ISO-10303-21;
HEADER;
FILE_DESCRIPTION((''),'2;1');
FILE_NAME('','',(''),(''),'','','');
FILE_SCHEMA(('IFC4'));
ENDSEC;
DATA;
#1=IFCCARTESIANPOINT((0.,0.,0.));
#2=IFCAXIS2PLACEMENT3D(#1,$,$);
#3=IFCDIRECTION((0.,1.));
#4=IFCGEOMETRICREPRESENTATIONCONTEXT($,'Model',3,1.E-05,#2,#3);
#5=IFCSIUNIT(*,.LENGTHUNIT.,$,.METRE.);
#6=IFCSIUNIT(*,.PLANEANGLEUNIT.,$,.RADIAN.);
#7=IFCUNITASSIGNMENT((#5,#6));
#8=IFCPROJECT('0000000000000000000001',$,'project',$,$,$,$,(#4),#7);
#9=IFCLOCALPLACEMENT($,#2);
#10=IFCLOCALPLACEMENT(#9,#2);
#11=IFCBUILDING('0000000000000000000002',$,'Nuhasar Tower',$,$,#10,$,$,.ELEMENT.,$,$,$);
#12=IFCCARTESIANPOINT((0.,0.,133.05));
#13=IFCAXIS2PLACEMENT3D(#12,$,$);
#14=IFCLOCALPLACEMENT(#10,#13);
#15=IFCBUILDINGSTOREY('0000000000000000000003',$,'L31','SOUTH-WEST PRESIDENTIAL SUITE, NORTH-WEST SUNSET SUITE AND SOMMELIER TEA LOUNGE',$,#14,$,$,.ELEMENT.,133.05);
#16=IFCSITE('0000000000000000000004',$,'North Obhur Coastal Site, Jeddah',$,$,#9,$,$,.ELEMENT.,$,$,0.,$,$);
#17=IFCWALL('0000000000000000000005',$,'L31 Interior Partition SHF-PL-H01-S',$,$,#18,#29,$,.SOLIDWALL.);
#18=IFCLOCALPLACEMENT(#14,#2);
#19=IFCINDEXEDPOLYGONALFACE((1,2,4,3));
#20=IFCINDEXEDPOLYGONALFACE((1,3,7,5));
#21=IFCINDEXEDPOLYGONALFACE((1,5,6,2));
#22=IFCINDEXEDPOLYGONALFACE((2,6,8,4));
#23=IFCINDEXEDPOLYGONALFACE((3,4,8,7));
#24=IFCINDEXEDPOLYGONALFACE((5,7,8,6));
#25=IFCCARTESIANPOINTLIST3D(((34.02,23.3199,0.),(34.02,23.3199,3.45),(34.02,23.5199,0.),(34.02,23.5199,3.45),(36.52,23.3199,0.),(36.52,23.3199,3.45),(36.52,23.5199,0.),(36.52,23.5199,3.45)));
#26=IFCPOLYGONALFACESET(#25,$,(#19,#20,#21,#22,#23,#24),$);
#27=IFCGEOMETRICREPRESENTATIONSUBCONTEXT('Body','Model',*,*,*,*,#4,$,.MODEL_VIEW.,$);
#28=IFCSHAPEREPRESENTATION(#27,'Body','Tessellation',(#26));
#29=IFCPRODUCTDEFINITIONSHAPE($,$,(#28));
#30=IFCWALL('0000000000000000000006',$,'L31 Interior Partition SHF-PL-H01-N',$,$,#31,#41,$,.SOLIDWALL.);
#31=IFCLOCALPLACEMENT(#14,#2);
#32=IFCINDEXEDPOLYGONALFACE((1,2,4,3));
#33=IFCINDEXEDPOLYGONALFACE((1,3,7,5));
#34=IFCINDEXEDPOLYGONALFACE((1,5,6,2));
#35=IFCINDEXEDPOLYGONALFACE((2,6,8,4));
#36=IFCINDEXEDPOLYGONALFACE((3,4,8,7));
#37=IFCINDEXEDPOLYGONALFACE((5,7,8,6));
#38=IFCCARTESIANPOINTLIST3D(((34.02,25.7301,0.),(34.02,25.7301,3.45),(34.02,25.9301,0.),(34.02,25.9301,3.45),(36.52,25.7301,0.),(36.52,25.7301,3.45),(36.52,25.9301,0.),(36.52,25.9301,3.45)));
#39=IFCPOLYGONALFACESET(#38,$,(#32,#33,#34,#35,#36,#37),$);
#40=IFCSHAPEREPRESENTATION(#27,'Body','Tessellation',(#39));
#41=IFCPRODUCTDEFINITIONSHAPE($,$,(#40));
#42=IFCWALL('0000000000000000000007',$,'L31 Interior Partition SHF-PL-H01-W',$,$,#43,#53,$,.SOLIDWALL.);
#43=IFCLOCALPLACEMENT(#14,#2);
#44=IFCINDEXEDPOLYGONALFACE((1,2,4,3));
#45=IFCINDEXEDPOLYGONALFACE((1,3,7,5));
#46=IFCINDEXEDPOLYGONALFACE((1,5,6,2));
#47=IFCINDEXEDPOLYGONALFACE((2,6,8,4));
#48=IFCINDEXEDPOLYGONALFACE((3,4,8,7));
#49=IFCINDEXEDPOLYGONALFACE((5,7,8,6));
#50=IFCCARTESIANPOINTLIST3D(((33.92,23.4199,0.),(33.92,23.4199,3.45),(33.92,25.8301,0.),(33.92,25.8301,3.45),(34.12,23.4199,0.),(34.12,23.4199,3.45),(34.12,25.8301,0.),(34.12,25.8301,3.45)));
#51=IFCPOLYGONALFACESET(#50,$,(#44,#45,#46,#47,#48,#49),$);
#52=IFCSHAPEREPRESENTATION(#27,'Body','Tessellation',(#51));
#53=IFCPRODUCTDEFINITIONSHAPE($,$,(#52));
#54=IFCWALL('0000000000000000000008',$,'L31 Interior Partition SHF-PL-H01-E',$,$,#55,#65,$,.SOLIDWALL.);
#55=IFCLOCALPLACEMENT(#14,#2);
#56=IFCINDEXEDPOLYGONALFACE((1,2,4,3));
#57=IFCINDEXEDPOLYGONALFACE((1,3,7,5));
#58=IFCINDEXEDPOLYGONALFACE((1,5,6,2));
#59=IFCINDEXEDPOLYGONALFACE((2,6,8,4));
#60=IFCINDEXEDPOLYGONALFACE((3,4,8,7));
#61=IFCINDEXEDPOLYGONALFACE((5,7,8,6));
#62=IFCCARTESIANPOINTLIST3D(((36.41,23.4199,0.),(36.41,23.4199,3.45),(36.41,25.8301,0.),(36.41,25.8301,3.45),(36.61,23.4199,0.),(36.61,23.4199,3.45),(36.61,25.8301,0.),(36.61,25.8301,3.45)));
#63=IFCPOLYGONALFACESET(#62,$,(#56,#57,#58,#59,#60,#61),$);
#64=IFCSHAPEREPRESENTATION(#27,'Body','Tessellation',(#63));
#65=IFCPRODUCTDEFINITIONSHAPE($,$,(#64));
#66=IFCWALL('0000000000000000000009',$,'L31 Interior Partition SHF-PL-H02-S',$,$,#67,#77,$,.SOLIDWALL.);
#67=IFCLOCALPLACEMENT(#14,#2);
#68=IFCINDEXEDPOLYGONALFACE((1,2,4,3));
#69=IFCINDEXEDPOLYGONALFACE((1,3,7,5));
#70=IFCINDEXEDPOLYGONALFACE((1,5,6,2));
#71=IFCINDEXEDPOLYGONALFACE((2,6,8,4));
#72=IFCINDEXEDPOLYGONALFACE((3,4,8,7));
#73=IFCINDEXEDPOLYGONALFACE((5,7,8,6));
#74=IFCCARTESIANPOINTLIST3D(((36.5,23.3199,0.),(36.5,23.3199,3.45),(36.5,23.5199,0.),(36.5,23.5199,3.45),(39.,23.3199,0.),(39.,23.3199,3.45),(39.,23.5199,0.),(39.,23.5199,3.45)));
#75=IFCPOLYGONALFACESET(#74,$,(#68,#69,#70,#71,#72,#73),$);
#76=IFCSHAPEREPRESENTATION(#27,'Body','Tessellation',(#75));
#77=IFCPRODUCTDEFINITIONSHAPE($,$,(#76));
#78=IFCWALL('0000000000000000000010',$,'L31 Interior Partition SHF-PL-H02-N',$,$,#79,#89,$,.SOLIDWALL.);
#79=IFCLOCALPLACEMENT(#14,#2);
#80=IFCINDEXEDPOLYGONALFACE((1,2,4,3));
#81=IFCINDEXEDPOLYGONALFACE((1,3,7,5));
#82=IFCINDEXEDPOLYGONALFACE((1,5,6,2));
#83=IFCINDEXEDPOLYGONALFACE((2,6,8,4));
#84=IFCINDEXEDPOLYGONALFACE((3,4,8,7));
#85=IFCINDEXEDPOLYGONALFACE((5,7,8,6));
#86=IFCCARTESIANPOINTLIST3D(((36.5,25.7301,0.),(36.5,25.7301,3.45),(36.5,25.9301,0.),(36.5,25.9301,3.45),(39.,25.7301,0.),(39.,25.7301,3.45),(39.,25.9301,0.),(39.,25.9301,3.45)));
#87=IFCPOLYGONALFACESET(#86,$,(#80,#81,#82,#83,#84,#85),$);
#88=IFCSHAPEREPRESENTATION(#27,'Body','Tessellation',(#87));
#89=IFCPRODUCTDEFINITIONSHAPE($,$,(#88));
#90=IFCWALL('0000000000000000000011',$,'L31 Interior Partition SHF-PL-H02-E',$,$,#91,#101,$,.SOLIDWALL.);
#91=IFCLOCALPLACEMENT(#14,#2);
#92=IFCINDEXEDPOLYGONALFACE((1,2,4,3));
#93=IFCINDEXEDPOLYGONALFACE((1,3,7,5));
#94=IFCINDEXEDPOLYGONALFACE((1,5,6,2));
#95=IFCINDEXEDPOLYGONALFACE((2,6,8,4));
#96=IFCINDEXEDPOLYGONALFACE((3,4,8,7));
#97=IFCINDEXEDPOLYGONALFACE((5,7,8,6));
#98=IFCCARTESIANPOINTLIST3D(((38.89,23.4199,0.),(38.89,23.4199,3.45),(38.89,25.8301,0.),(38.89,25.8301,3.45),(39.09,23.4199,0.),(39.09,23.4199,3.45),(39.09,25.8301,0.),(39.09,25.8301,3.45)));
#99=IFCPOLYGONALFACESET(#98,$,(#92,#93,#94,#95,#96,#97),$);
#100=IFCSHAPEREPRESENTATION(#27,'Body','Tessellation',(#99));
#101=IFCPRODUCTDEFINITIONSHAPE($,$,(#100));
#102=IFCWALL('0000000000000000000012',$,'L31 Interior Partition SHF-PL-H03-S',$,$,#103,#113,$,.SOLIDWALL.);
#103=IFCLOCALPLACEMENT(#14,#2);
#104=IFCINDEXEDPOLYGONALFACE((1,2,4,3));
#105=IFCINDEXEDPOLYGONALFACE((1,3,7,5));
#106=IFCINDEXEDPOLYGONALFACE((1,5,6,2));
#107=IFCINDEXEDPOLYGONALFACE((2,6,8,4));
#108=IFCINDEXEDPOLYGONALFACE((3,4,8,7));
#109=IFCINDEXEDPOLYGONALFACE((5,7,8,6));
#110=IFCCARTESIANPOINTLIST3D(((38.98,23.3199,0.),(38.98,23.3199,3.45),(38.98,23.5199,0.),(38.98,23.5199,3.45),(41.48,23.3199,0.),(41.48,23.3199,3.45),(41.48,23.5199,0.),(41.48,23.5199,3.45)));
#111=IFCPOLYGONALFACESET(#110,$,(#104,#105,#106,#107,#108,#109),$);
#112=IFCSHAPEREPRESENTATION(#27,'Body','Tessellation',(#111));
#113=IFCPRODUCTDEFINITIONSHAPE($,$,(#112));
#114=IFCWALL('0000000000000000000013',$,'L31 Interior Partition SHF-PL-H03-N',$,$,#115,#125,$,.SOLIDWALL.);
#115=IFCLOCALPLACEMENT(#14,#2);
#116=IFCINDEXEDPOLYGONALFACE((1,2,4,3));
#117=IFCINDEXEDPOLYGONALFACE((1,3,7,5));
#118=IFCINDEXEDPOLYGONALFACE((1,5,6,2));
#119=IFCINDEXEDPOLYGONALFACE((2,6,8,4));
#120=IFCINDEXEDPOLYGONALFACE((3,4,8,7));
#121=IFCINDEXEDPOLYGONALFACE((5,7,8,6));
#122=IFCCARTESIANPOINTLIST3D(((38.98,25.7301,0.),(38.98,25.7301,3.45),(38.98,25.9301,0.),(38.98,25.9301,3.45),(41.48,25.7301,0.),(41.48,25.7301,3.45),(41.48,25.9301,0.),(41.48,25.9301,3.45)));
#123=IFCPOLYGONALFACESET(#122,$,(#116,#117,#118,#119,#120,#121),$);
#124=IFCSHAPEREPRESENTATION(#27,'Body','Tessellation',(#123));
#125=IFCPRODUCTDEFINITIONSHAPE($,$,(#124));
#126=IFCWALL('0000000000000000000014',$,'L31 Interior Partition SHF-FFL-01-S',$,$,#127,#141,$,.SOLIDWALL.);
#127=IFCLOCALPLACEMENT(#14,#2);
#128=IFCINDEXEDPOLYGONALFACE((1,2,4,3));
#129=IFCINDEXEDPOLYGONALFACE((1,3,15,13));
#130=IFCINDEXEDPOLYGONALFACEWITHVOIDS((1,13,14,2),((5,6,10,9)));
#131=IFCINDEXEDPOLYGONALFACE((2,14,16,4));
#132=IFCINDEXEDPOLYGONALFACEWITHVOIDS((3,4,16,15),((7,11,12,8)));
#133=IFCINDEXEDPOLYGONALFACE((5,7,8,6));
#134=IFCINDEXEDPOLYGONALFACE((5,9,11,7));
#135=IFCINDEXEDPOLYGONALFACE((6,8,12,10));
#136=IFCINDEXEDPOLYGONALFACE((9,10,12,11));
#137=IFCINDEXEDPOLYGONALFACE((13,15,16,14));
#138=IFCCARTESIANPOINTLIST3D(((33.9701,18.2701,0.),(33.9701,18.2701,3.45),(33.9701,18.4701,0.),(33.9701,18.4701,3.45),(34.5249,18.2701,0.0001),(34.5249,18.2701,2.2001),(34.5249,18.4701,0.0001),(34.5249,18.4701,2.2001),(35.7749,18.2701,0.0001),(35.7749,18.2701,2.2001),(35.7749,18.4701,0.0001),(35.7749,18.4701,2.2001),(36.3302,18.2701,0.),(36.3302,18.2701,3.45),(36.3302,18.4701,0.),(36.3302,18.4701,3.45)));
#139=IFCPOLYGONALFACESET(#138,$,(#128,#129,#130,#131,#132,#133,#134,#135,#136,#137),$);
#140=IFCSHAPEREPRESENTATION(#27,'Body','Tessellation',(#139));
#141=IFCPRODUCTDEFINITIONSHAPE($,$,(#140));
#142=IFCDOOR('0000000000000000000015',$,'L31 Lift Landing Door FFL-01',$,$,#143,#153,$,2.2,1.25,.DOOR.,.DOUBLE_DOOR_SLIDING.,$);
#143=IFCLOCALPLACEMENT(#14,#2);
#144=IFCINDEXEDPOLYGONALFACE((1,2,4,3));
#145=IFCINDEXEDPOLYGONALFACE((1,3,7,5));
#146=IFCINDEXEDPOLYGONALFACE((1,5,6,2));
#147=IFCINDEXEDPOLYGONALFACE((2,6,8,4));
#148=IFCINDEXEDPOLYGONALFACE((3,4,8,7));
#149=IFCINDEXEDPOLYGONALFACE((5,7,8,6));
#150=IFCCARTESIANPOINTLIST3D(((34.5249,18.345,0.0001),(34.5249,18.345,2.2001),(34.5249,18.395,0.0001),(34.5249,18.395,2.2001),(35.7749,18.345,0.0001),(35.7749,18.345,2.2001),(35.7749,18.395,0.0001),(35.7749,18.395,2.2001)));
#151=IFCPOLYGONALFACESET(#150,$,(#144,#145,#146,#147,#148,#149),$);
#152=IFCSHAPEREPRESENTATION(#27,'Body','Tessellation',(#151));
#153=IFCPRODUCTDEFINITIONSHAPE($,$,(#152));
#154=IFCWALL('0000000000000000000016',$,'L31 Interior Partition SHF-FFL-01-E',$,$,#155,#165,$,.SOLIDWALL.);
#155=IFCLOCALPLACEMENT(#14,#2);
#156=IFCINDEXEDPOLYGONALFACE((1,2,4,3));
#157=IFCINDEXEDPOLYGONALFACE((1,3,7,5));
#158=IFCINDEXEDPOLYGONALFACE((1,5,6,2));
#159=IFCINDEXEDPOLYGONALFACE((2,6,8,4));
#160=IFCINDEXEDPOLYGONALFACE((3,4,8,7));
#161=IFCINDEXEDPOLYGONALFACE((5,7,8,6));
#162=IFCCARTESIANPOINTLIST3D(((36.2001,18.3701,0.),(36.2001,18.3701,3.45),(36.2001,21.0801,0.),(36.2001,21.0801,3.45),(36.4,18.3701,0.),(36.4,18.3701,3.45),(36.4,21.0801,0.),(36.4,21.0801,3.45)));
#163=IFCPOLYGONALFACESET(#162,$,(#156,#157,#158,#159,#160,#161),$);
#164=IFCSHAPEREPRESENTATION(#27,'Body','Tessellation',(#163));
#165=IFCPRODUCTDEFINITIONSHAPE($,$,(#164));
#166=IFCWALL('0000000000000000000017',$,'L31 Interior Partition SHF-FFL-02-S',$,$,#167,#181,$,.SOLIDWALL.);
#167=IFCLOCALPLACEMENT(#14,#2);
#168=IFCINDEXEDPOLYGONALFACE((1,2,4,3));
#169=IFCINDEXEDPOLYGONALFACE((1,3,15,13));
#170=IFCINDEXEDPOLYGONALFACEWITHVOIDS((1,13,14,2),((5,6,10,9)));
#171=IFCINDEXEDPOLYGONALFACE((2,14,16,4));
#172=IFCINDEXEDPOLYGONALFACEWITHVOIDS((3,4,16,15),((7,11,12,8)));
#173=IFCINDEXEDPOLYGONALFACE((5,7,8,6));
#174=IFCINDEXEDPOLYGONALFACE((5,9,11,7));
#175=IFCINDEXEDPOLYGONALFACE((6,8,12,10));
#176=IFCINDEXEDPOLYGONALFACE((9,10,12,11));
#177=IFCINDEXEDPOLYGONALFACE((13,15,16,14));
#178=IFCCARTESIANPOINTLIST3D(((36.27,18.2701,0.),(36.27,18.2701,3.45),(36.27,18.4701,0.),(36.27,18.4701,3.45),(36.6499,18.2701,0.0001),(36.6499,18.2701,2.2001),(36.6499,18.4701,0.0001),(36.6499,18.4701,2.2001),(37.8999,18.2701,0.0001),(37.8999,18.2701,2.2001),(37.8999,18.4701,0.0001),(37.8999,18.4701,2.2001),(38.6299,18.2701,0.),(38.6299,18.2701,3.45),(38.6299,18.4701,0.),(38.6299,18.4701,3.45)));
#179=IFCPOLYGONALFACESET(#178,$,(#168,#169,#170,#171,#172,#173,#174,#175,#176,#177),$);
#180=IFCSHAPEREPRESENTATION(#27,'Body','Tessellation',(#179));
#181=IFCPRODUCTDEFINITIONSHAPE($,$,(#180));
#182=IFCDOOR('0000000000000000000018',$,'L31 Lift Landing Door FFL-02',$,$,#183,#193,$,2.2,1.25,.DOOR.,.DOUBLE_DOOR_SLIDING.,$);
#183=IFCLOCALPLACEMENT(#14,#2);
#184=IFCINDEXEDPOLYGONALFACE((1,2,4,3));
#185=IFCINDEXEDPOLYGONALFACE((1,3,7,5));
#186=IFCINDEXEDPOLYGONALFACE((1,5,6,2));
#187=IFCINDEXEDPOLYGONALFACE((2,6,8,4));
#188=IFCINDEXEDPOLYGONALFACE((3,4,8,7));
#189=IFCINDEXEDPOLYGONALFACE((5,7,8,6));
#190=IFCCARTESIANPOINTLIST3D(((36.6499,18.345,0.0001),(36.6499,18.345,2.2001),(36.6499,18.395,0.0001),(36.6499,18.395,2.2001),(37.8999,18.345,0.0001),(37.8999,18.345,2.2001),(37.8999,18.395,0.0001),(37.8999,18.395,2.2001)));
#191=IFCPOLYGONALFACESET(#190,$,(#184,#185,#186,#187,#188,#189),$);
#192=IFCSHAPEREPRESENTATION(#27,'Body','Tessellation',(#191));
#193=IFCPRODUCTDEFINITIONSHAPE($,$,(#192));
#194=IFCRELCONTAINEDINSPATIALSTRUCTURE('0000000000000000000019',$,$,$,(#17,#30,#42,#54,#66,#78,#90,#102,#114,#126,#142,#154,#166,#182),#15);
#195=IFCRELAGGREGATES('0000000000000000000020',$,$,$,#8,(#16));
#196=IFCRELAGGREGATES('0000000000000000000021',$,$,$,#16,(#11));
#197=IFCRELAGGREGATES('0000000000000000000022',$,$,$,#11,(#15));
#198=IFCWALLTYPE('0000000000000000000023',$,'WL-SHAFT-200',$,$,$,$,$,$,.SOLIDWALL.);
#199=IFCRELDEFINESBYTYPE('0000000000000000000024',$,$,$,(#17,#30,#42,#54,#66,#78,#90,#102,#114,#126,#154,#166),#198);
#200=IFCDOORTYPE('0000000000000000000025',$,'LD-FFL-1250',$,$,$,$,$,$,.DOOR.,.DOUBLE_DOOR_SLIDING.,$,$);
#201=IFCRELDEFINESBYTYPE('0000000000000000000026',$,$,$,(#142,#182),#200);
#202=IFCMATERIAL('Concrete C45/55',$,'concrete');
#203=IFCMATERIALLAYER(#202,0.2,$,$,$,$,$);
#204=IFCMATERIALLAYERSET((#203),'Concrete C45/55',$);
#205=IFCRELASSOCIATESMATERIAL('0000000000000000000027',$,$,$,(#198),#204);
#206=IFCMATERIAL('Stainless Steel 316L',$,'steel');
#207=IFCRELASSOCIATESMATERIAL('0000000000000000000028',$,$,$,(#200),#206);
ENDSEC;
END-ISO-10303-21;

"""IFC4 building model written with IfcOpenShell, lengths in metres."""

from ifc_helpers import new_model, si_unit, direction, frame, frame_2d, origin, place, context, subcontext, project, spatial, rectangle, extrude, material, layer, layer_set, type_object, element, fill, save


model = new_model("IFC4")

# Units and contexts
model_context = context("Model", 3, precision=1e-05, world=origin(), true_north=direction((0.0, 1.0)))
body_context = subcontext(model_context, "Body", "Model", "MODEL_VIEW")
ifc_project = project(units=[si_unit("LENGTHUNIT", "METRE"), si_unit("PLANEANGLEUNIT", "RADIAN")], contexts=[model_context])

# Site, building, storey
site_placement = place(None, origin())
site = spatial("IfcSite", under=ifc_project, at=site_placement, Name="North Obhur Coastal Site, Jeddah", CompositionType="ELEMENT", RefElevation=0.0)
building_placement = place(site_placement, origin())
building = spatial("IfcBuilding", under=site, at=building_placement, Name="Nuhasar Tower", CompositionType="ELEMENT")
storey_placement = place(building_placement, frame((0.0, 0.0, 133.05)))
storey = spatial("IfcBuildingStorey", under=building, at=storey_placement, Name="L31", Description="SOUTH-WEST PRESIDENTIAL SUITE, NORTH-WEST SUNSET SUITE AND SOMMELIER TEA LOUNGE", CompositionType="ELEMENT", Elevation=133.05)

# Shared definitions
ifc_material_1 = material(Name="Concrete C45/55", Category="concrete")

# Walls
ifc_layer_1 = layer(ifc_material_1, 0.2)
ifc_layer_set_1 = layer_set([ifc_layer_1], Name="Concrete C45/55")
wall_type_1 = type_object("IfcWallType", Name="WL-SHAFT-200", PredefinedType="SOLIDWALL", material=ifc_layer_set_1)
for number, where, z_axis, x_axis, name in (
    (1, (34.02, 23.4199, 0.0), (0.0, 0.0, 1.0), (1.0, 0.0, 0.0), "L31 Interior Partition SHF-PL-H01-S"),
    (2, (34.02, 25.8301, 0.0), (0.0, 0.0, 1.0), (1.0, 0.0, 0.0), "L31 Interior Partition SHF-PL-H01-N"),
):
    element("IfcWall", number, at=place(storey_placement, frame(where, z_axis=z_axis, x_axis=x_axis)), inside=storey, type_object=wall_type_1, Name=name, PredefinedType="SOLIDWALL", context=body_context, shape_type="SweptSolid", body=[
        extrude(rectangle(XDim=2.5, YDim=0.2, at=frame_2d((1.25, 0.0))), origin(), (0.0, 0.0, 1.0), 3.45),
    ])
for number, where, z_axis, x_axis, name in (
    (3, (34.02, 23.4199, 0.0), (0.0, 0.0, 1.0), (0.0, 1.0, 0.0), "L31 Interior Partition SHF-PL-H01-W"),
    (4, (36.51, 23.4199, 0.0), (0.0, 0.0, 1.0), (0.0, 1.0, 0.0), "L31 Interior Partition SHF-PL-H01-E"),
):
    element("IfcWall", number, at=place(storey_placement, frame(where, z_axis=z_axis, x_axis=x_axis)), inside=storey, type_object=wall_type_1, Name=name, PredefinedType="SOLIDWALL", context=body_context, shape_type="SweptSolid", body=[
        extrude(rectangle(XDim=2.4102, YDim=0.2, at=frame_2d((1.2051, 0.0))), origin(), (0.0, 0.0, 1.0), 3.45),
    ])
for number, where, z_axis, x_axis, name in (
    (5, (36.5, 23.4199, 0.0), (0.0, 0.0, 1.0), (1.0, 0.0, 0.0), "L31 Interior Partition SHF-PL-H02-S"),
    (6, (36.5, 25.8301, 0.0), (0.0, 0.0, 1.0), (1.0, 0.0, 0.0), "L31 Interior Partition SHF-PL-H02-N"),
):
    element("IfcWall", number, at=place(storey_placement, frame(where, z_axis=z_axis, x_axis=x_axis)), inside=storey, type_object=wall_type_1, Name=name, PredefinedType="SOLIDWALL", context=body_context, shape_type="SweptSolid", body=[
        extrude(rectangle(XDim=2.5, YDim=0.2, at=frame_2d((1.25, 0.0))), origin(), (0.0, 0.0, 1.0), 3.45),
    ])
wall_1_placement = place(storey_placement, frame((38.99, 23.4199, 0.0), z_axis=(0.0, 0.0, 1.0), x_axis=(0.0, 1.0, 0.0)))
element("IfcWall", 7, at=wall_1_placement, inside=storey, type_object=wall_type_1, Name="L31 Interior Partition SHF-PL-H02-E", PredefinedType="SOLIDWALL", context=body_context, shape_type="SweptSolid", body=[
    extrude(rectangle(XDim=2.4102, YDim=0.2, at=frame_2d((1.2051, 0.0))), origin(), (0.0, 0.0, 1.0), 3.45),
])
for number, where, z_axis, x_axis, name in (
    (8, (38.98, 23.4199, 0.0), (0.0, 0.0, 1.0), (1.0, 0.0, 0.0), "L31 Interior Partition SHF-PL-H03-S"),
    (9, (38.98, 25.8301, 0.0), (0.0, 0.0, 1.0), (1.0, 0.0, 0.0), "L31 Interior Partition SHF-PL-H03-N"),
):
    element("IfcWall", number, at=place(storey_placement, frame(where, z_axis=z_axis, x_axis=x_axis)), inside=storey, type_object=wall_type_1, Name=name, PredefinedType="SOLIDWALL", context=body_context, shape_type="SweptSolid", body=[
        extrude(rectangle(XDim=2.5, YDim=0.2, at=frame_2d((1.25, 0.0))), origin(), (0.0, 0.0, 1.0), 3.45),
    ])

# Wall, opening, door
wall_2_placement = place(storey_placement, frame((33.97, 18.3701, 0.0), z_axis=(0.0, 0.0, 1.0), x_axis=(1.0, 0.0, 0.0)))
wall_2 = element("IfcWall", 10, at=wall_2_placement, inside=storey, type_object=wall_type_1, Name="L31 Interior Partition SHF-FFL-01-S", PredefinedType="SOLIDWALL", context=body_context, shape_type="SweptSolid", body=[
    extrude(rectangle(XDim=2.3601, YDim=0.2, at=frame_2d((1.1802, 0.0))), origin(), (0.0, 0.0, 1.0), 3.45),
])
opening_1_placement = place(wall_2_placement, frame((0.5549, 0.0, 0.0)))
opening_1 = element("IfcOpeningElement", 11, at=opening_1_placement, cuts=wall_2, PredefinedType="OPENING", context=body_context, shape_type="SweptSolid", body=[
    extrude(rectangle(XDim=1.25, YDim=2.2, at=frame_2d((0.625, 1.1001))), frame((0.0, 0.1099, 0.0), z_axis=(0.0, -1.0, 0.0), x_axis=(1.0, 0.0, 0.0)), (0.0, 0.0, 1.0), 0.22),
])
ifc_material_2 = material(Name="Stainless Steel 316L", Category="steel")
door_type_1 = type_object("IfcDoorType", Name="LD-FFL-1250", OperationType="DOUBLE_DOOR_SLIDING", PredefinedType="DOOR", material=ifc_material_2)
door_1_placement = place(opening_1_placement, origin())
door_1 = element("IfcDoor", 12, at=door_1_placement, inside=storey, type_object=door_type_1, Name="L31 Lift Landing Door FFL-01", OperationType="DOUBLE_DOOR_SLIDING", OverallHeight=2.2, OverallWidth=1.25, PredefinedType="DOOR", context=body_context, shape_type="SweptSolid", body=[
    extrude(rectangle(XDim=1.25, YDim=2.2, at=frame_2d((0.625, 1.1001))), frame((0.0, 0.0249, 0.0), z_axis=(0.0, -1.0, 0.0), x_axis=(1.0, 0.0, 0.0)), (0.0, 0.0, 1.0), 0.05),
])
fill(opening_1, door_1)

# Wall
wall_3_placement = place(storey_placement, frame((36.3, 18.3701, 0.0), z_axis=(0.0, 0.0, 1.0), x_axis=(0.0, 1.0, 0.0)))
element("IfcWall", 13, at=wall_3_placement, inside=storey, type_object=wall_type_1, Name="L31 Interior Partition SHF-FFL-01-E", PredefinedType="SOLIDWALL", context=body_context, shape_type="SweptSolid", body=[
    extrude(rectangle(XDim=2.71, YDim=0.2, at=frame_2d((1.355, 0.0))), origin(), (0.0, 0.0, 1.0), 3.45),
])

# Wall, opening, door
wall_4_placement = place(storey_placement, frame((36.27, 18.3701, 0.0), z_axis=(0.0, 0.0, 1.0), x_axis=(1.0, 0.0, 0.0)))
wall_4 = element("IfcWall", 14, at=wall_4_placement, inside=storey, type_object=wall_type_1, Name="L31 Interior Partition SHF-FFL-02-S", PredefinedType="SOLIDWALL", context=body_context, shape_type="SweptSolid", body=[
    extrude(rectangle(XDim=2.3599, YDim=0.2, at=frame_2d((1.1799, 0.0))), origin(), (0.0, 0.0, 1.0), 3.45),
])
opening_2_placement = place(wall_4_placement, frame((0.3799, 0.0, 0.0)))
opening_2 = element("IfcOpeningElement", 15, at=opening_2_placement, cuts=wall_4, PredefinedType="OPENING", context=body_context, shape_type="SweptSolid", body=[
    extrude(rectangle(XDim=1.25, YDim=2.2, at=frame_2d((0.625, 1.1001))), frame((0.0, 0.1099, 0.0), z_axis=(0.0, -1.0, 0.0), x_axis=(1.0, 0.0, 0.0)), (0.0, 0.0, 1.0), 0.22),
])
door_2_placement = place(opening_2_placement, origin())
door_2 = element("IfcDoor", 16, at=door_2_placement, inside=storey, type_object=door_type_1, Name="L31 Lift Landing Door FFL-02", OperationType="DOUBLE_DOOR_SLIDING", OverallHeight=2.2, OverallWidth=1.25, PredefinedType="DOOR", context=body_context, shape_type="SweptSolid", body=[
    extrude(rectangle(XDim=1.25, YDim=2.2, at=frame_2d((0.625, 1.1001))), frame((0.0, 0.0249, 0.0), z_axis=(0.0, -1.0, 0.0), x_axis=(1.0, 0.0, 0.0)), (0.0, 0.0, 1.0), 0.05),
])
fill(opening_2, door_2)

save(model, "model.ifc")
